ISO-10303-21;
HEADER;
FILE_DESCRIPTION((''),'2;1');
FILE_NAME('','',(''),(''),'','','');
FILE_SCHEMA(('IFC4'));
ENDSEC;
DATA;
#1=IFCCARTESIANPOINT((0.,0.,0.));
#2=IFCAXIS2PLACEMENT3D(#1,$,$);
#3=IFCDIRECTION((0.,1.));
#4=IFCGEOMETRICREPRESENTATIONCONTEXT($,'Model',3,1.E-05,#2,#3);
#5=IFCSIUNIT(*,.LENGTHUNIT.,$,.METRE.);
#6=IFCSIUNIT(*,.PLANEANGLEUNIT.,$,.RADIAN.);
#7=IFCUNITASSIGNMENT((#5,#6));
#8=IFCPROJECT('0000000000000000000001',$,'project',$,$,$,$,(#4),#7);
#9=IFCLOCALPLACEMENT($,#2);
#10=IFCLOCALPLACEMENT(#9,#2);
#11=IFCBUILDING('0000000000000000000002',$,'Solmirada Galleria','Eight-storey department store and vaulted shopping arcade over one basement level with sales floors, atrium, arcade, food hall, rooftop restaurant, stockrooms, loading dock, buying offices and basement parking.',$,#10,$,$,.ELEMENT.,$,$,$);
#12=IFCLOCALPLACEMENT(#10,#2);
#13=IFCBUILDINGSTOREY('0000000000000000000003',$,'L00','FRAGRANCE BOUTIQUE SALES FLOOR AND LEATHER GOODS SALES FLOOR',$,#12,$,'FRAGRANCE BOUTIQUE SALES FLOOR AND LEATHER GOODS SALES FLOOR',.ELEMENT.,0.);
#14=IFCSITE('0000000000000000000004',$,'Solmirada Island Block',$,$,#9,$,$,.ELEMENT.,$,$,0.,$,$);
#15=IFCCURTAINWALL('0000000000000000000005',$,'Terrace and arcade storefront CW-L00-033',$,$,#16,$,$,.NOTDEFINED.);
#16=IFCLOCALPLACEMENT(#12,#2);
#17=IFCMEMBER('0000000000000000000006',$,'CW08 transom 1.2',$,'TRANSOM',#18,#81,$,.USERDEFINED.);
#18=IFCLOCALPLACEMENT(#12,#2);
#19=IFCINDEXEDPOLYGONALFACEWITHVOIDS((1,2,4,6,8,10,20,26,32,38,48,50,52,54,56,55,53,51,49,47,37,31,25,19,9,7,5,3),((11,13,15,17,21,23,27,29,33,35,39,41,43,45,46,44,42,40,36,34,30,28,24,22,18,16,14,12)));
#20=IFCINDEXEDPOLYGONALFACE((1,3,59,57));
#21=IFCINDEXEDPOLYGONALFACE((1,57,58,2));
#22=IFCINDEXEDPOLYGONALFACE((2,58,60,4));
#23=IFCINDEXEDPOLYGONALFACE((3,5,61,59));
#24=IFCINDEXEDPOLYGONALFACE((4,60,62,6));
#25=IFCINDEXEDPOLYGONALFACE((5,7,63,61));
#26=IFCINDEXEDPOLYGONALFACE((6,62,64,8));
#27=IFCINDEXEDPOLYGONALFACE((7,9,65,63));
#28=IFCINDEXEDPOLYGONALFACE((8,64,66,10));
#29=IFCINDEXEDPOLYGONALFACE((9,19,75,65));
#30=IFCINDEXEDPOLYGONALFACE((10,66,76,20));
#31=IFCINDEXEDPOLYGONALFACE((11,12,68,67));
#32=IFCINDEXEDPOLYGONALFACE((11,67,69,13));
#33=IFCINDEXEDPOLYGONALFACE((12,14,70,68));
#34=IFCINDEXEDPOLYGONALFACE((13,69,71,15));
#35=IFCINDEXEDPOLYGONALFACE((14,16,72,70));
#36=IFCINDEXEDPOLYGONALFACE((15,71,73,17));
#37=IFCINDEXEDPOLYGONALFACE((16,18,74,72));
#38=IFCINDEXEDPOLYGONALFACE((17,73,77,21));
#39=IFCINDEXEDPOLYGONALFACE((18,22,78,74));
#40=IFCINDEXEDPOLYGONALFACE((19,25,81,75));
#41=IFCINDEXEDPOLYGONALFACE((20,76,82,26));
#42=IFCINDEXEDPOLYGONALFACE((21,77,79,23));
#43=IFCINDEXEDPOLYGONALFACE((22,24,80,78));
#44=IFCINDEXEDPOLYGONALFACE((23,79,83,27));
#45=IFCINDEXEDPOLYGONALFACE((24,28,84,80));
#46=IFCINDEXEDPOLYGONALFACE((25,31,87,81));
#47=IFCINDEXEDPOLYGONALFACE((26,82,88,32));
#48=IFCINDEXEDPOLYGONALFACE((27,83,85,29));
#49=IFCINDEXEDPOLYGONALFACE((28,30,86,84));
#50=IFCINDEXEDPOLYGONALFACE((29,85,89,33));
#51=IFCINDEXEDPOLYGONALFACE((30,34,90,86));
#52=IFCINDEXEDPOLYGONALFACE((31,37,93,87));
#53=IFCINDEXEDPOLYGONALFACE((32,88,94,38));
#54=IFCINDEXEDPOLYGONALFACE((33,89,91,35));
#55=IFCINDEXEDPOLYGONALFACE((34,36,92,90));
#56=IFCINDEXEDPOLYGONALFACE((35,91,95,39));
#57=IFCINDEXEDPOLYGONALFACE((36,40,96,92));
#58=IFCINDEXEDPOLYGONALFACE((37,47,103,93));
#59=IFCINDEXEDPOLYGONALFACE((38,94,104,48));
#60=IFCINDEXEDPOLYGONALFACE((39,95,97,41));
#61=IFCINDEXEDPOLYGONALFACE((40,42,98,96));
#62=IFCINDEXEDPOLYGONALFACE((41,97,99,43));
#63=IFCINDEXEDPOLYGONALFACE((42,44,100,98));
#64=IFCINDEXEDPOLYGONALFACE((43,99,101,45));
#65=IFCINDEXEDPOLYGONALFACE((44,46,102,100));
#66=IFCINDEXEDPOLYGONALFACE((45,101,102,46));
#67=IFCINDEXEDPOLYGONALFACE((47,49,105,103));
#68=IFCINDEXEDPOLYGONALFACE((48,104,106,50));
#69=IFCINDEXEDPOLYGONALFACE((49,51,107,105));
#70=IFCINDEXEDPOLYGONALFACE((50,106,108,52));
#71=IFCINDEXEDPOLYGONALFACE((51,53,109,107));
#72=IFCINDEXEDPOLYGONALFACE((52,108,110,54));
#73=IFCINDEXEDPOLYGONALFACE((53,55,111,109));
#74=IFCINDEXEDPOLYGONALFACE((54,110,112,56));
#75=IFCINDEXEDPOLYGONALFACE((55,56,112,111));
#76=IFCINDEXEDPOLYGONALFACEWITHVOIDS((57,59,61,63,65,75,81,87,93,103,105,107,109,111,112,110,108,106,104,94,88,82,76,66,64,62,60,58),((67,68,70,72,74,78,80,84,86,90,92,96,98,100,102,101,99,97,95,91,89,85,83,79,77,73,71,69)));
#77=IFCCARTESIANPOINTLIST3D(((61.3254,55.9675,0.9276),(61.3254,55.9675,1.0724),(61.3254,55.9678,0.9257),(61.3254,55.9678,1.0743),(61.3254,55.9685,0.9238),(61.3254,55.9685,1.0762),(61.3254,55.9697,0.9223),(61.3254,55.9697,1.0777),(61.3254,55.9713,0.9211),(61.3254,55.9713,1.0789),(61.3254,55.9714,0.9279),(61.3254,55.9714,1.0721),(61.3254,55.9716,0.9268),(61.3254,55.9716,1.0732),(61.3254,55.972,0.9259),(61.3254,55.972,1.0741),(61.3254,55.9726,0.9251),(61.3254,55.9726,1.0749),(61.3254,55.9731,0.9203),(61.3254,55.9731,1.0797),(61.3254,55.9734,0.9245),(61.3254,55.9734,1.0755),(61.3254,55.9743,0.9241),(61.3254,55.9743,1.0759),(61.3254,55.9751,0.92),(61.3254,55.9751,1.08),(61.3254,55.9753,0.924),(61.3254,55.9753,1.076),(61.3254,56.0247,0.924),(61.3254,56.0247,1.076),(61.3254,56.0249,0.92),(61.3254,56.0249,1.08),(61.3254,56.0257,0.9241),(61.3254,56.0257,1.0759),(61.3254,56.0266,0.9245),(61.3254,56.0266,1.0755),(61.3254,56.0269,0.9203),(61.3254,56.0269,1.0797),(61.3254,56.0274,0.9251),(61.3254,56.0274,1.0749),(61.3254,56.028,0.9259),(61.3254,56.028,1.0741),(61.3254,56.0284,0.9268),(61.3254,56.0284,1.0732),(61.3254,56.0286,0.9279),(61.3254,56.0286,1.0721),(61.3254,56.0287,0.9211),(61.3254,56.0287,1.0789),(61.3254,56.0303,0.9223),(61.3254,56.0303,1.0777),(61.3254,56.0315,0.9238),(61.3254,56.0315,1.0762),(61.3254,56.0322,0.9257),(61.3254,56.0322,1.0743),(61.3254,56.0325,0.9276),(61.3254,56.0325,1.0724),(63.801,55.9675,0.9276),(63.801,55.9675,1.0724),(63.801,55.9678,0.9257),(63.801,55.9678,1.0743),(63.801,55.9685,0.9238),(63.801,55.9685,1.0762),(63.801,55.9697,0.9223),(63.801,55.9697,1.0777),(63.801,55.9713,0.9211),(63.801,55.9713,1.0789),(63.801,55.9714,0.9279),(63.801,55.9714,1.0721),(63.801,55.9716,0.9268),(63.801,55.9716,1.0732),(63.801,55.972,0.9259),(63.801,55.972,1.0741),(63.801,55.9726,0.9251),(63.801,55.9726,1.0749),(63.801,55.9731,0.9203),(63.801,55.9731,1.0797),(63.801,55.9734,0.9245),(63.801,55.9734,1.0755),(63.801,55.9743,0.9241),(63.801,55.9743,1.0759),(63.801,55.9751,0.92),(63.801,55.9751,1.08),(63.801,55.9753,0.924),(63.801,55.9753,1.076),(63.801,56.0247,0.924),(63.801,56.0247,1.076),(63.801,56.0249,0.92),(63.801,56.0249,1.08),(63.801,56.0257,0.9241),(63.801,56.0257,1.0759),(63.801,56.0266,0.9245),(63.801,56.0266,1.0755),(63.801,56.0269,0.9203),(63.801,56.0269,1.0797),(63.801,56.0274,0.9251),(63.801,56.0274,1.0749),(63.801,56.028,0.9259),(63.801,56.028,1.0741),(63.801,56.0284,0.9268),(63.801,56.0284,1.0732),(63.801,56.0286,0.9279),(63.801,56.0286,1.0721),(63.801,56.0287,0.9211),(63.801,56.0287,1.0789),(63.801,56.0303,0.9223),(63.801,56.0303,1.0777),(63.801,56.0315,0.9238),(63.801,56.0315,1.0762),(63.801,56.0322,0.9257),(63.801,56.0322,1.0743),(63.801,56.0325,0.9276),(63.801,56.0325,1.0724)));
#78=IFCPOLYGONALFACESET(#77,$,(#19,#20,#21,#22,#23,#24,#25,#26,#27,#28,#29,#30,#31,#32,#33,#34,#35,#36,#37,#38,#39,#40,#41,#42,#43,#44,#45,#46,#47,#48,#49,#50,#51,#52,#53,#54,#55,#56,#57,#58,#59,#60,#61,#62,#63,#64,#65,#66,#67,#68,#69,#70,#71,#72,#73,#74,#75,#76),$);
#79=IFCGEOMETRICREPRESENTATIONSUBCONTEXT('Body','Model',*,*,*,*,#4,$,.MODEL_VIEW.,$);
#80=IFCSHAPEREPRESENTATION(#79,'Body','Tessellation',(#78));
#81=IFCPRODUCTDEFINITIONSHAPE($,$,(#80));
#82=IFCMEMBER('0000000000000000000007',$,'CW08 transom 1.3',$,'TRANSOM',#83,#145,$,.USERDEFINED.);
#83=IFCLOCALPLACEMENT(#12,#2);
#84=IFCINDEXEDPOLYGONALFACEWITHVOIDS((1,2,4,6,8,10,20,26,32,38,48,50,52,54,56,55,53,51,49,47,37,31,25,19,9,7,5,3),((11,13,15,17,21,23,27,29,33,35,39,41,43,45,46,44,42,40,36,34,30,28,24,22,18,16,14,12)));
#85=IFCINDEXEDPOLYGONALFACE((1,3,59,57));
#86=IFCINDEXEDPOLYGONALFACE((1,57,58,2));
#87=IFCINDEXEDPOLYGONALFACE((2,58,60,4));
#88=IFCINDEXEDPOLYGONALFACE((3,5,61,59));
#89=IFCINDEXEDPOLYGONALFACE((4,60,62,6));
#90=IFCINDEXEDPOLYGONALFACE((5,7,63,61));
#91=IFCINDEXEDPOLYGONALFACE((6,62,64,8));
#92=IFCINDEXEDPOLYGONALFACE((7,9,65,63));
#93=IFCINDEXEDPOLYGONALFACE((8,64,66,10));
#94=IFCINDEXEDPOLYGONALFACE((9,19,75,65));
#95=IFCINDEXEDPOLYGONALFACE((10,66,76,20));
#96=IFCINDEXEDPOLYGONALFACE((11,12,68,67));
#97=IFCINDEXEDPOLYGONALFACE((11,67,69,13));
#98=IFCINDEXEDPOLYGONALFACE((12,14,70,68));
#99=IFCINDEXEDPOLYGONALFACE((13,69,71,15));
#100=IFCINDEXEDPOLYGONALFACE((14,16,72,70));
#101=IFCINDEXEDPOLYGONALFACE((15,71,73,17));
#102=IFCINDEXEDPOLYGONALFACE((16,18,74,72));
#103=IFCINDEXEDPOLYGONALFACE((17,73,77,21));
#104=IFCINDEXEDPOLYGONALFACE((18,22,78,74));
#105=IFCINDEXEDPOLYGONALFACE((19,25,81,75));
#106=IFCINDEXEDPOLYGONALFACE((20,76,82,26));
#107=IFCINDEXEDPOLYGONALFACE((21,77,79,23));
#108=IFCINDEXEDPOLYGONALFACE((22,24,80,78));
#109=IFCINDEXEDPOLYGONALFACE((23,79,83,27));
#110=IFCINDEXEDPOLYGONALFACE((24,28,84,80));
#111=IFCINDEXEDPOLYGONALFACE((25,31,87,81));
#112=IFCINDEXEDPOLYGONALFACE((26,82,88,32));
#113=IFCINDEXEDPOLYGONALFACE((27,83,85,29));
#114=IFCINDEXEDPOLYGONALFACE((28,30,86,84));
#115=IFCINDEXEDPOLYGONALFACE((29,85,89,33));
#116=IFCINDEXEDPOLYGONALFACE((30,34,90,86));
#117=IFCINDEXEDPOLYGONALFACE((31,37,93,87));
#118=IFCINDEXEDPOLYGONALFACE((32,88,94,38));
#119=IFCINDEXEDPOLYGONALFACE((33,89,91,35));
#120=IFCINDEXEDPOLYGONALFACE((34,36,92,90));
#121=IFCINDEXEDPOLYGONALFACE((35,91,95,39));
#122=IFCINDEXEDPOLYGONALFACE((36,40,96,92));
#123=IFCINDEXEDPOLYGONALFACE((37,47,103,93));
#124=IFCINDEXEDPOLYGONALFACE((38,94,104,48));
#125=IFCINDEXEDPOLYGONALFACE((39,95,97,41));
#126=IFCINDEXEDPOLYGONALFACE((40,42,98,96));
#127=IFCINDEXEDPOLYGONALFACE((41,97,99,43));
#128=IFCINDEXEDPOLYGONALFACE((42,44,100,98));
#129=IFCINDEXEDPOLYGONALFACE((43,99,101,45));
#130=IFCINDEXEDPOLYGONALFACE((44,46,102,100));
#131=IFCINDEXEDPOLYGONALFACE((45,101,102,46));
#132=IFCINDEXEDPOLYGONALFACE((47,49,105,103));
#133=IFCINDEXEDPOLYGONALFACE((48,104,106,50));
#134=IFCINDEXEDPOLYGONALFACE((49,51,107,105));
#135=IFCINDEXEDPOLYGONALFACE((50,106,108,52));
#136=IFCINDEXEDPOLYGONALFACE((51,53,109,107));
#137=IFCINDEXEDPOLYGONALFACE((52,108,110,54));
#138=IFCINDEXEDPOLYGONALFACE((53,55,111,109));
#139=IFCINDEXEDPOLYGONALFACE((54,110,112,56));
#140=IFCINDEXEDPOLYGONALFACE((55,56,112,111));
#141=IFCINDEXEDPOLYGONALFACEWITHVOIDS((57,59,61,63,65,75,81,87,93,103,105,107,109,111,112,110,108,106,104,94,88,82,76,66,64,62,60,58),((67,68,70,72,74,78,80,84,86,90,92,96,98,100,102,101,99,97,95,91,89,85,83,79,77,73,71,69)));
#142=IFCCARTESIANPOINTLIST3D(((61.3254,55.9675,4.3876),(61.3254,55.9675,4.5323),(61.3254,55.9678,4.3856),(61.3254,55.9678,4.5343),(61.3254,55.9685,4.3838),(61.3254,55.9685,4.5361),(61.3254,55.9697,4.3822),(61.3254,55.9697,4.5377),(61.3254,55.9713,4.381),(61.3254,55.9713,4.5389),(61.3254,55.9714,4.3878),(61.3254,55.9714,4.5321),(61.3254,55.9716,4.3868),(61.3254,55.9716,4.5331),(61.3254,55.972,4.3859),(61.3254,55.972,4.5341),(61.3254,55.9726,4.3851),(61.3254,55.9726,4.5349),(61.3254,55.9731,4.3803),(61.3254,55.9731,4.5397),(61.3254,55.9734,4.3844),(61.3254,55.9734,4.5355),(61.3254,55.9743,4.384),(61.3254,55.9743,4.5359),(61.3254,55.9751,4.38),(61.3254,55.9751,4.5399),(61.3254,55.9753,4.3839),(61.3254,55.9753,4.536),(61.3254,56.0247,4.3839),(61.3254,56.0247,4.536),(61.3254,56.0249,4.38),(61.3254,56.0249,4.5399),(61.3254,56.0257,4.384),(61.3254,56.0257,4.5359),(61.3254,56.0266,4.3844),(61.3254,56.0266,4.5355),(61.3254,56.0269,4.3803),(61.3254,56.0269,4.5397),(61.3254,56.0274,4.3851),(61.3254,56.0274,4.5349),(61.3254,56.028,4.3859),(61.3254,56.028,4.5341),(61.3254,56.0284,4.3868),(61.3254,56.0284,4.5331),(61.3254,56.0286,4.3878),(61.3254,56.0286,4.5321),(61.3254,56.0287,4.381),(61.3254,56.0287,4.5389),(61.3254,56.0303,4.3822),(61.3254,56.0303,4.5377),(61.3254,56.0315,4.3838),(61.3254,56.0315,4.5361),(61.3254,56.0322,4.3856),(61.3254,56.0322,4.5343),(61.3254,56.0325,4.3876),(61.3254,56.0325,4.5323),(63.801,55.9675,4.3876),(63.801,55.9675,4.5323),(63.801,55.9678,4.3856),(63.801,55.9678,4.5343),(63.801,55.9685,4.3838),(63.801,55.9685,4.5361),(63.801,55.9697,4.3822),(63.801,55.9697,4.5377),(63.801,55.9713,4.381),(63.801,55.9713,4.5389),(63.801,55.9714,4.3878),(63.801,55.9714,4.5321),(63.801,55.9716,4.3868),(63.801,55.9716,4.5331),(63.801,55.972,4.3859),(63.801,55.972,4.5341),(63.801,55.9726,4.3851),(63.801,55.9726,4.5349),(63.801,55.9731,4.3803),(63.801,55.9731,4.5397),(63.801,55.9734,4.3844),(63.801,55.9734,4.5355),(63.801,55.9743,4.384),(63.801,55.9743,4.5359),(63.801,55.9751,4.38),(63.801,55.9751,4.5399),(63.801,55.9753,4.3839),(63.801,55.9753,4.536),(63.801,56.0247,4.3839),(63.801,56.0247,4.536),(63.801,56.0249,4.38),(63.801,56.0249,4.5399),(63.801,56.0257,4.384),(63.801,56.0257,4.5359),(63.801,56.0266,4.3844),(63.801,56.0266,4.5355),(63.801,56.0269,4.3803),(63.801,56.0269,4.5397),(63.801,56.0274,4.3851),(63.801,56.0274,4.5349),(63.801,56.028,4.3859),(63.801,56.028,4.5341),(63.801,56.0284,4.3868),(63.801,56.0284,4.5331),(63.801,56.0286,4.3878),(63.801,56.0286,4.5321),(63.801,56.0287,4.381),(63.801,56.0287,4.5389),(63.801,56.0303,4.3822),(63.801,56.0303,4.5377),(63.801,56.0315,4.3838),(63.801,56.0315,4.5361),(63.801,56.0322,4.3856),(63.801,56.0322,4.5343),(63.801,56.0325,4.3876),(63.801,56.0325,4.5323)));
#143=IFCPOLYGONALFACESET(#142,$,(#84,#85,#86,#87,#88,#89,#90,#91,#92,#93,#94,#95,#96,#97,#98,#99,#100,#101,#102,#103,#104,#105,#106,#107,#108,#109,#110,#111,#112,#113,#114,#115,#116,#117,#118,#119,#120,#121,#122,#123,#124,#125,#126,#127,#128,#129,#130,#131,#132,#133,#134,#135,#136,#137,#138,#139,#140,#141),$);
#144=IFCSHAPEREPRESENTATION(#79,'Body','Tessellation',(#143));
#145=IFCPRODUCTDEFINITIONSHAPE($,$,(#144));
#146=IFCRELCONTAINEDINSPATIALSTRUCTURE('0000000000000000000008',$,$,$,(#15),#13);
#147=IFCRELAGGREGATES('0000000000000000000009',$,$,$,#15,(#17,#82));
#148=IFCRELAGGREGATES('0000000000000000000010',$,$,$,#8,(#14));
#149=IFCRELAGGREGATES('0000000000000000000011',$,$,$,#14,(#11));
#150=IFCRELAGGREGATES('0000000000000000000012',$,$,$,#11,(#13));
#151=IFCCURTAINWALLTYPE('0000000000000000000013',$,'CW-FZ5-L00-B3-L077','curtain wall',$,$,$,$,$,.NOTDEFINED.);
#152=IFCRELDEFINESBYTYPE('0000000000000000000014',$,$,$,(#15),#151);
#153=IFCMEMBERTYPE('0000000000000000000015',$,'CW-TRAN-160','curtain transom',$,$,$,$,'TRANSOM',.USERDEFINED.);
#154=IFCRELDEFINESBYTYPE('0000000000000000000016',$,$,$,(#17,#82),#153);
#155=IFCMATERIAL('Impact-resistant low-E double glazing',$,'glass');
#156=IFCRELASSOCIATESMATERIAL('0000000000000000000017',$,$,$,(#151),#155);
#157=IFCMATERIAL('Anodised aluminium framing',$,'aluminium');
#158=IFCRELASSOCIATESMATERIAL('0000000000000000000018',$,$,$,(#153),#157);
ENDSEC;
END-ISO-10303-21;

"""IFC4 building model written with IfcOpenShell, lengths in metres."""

from ifc_helpers import new_model, si_unit, direction, frame, origin, origin_2d, place, context, subcontext, project, spatial, hollow_rectangle, extrude, material, material_profile, profile_set, type_object, element, aggregate, save


model = new_model("IFC4")

# Units and contexts
model_context = context("Model", 3, precision=1e-05, world=origin(), true_north=direction((0.0, 1.0)))
body_context = subcontext(model_context, "Body", "Model", "MODEL_VIEW")
ifc_project = project(units=[si_unit("LENGTHUNIT", "METRE"), si_unit("PLANEANGLEUNIT", "RADIAN")], contexts=[model_context])

# Site, building, storey
site_placement = place(None, origin())
site = spatial("IfcSite", under=ifc_project, at=site_placement, Name="Solmirada Island Block", CompositionType="ELEMENT", RefElevation=0.0)
building_placement = place(site_placement, origin())
building = spatial("IfcBuilding", under=site, at=building_placement, Name="Solmirada Galleria", Description="Eight-storey department store and vaulted shopping arcade over one basement level with sales floors, atrium, arcade, food hall, rooftop restaurant, stockrooms, loading dock, buying offices and basement parking.", CompositionType="ELEMENT")
storey_placement = place(building_placement, origin())
storey = spatial("IfcBuildingStorey", under=building, at=storey_placement, Name="L00", Description="FRAGRANCE BOUTIQUE SALES FLOOR AND LEATHER GOODS SALES FLOOR", LongName="FRAGRANCE BOUTIQUE SALES FLOOR AND LEATHER GOODS SALES FLOOR", CompositionType="ELEMENT", Elevation=0.0)

# Curtain wall
ifc_material_1 = material(Name="Impact-resistant low-E double glazing", Category="glass")
ifc_material_2 = material(Name="Anodised aluminium framing", Category="aluminium")
curtain_wall_type_1 = type_object("IfcCurtainWallType", Name="CW-FZ5-L00-B3-L077", Description="curtain wall", PredefinedType="NOTDEFINED", material=ifc_material_1)
curtain_wall_1_placement = place(storey_placement, origin())
curtain_wall_1 = element("IfcCurtainWall", 1, at=curtain_wall_1_placement, inside=storey, type_object=curtain_wall_type_1, Name="Terrace and arcade storefront CW-L00-033", PredefinedType="NOTDEFINED")

# Members
ifc_material_profile_1 = material_profile(ifc_material_2, hollow_rectangle(XDim=0.0649, YDim=0.1599, WallThickness=0.0039, InnerFilletRadius=0.0039, OuterFilletRadius=0.0076, at=origin_2d()), Name="ALU-TRAN-160X65")
ifc_profile_set_1 = profile_set([ifc_material_profile_1], Name="Anodised aluminium framing")
member_type_1 = type_object("IfcMemberType", Name="CW-TRAN-160", Description="curtain transom", ElementType="TRANSOM", PredefinedType="USERDEFINED", material=ifc_profile_set_1)
member_1_placement = place(storey_placement, frame((63.801, 56.0, 1.0), z_axis=(-1.0, 0.0, 0.0), x_axis=(0.0, -1.0, 0.0)))
member_1 = element("IfcMember", 2, at=member_1_placement, type_object=member_type_1, Name="CW08 transom 1.2", ObjectType="TRANSOM", PredefinedType="USERDEFINED", context=body_context, shape_type="SweptSolid", body=[
    extrude(hollow_rectangle(XDim=0.0649, YDim=0.1599, WallThickness=0.0039, InnerFilletRadius=0.0039, OuterFilletRadius=0.0076, at=origin_2d()), origin(), (0.0, 0.0, 1.0), 2.4756),
])
member_2_placement = place(storey_placement, frame((63.801, 56.0, 4.46), z_axis=(-1.0, 0.0, 0.0), x_axis=(0.0, -1.0, 0.0)))
member_2 = element("IfcMember", 3, at=member_2_placement, type_object=member_type_1, Name="CW08 transom 1.3", ObjectType="TRANSOM", PredefinedType="USERDEFINED", context=body_context, shape_type="SweptSolid", body=[
    extrude(hollow_rectangle(XDim=0.0649, YDim=0.1599, WallThickness=0.0039, InnerFilletRadius=0.0039, OuterFilletRadius=0.0076, at=origin_2d()), origin(), (0.0, 0.0, 1.0), 2.4756),
])
aggregate(curtain_wall_1, [member_1, member_2])

save(model, "model.ifc")
